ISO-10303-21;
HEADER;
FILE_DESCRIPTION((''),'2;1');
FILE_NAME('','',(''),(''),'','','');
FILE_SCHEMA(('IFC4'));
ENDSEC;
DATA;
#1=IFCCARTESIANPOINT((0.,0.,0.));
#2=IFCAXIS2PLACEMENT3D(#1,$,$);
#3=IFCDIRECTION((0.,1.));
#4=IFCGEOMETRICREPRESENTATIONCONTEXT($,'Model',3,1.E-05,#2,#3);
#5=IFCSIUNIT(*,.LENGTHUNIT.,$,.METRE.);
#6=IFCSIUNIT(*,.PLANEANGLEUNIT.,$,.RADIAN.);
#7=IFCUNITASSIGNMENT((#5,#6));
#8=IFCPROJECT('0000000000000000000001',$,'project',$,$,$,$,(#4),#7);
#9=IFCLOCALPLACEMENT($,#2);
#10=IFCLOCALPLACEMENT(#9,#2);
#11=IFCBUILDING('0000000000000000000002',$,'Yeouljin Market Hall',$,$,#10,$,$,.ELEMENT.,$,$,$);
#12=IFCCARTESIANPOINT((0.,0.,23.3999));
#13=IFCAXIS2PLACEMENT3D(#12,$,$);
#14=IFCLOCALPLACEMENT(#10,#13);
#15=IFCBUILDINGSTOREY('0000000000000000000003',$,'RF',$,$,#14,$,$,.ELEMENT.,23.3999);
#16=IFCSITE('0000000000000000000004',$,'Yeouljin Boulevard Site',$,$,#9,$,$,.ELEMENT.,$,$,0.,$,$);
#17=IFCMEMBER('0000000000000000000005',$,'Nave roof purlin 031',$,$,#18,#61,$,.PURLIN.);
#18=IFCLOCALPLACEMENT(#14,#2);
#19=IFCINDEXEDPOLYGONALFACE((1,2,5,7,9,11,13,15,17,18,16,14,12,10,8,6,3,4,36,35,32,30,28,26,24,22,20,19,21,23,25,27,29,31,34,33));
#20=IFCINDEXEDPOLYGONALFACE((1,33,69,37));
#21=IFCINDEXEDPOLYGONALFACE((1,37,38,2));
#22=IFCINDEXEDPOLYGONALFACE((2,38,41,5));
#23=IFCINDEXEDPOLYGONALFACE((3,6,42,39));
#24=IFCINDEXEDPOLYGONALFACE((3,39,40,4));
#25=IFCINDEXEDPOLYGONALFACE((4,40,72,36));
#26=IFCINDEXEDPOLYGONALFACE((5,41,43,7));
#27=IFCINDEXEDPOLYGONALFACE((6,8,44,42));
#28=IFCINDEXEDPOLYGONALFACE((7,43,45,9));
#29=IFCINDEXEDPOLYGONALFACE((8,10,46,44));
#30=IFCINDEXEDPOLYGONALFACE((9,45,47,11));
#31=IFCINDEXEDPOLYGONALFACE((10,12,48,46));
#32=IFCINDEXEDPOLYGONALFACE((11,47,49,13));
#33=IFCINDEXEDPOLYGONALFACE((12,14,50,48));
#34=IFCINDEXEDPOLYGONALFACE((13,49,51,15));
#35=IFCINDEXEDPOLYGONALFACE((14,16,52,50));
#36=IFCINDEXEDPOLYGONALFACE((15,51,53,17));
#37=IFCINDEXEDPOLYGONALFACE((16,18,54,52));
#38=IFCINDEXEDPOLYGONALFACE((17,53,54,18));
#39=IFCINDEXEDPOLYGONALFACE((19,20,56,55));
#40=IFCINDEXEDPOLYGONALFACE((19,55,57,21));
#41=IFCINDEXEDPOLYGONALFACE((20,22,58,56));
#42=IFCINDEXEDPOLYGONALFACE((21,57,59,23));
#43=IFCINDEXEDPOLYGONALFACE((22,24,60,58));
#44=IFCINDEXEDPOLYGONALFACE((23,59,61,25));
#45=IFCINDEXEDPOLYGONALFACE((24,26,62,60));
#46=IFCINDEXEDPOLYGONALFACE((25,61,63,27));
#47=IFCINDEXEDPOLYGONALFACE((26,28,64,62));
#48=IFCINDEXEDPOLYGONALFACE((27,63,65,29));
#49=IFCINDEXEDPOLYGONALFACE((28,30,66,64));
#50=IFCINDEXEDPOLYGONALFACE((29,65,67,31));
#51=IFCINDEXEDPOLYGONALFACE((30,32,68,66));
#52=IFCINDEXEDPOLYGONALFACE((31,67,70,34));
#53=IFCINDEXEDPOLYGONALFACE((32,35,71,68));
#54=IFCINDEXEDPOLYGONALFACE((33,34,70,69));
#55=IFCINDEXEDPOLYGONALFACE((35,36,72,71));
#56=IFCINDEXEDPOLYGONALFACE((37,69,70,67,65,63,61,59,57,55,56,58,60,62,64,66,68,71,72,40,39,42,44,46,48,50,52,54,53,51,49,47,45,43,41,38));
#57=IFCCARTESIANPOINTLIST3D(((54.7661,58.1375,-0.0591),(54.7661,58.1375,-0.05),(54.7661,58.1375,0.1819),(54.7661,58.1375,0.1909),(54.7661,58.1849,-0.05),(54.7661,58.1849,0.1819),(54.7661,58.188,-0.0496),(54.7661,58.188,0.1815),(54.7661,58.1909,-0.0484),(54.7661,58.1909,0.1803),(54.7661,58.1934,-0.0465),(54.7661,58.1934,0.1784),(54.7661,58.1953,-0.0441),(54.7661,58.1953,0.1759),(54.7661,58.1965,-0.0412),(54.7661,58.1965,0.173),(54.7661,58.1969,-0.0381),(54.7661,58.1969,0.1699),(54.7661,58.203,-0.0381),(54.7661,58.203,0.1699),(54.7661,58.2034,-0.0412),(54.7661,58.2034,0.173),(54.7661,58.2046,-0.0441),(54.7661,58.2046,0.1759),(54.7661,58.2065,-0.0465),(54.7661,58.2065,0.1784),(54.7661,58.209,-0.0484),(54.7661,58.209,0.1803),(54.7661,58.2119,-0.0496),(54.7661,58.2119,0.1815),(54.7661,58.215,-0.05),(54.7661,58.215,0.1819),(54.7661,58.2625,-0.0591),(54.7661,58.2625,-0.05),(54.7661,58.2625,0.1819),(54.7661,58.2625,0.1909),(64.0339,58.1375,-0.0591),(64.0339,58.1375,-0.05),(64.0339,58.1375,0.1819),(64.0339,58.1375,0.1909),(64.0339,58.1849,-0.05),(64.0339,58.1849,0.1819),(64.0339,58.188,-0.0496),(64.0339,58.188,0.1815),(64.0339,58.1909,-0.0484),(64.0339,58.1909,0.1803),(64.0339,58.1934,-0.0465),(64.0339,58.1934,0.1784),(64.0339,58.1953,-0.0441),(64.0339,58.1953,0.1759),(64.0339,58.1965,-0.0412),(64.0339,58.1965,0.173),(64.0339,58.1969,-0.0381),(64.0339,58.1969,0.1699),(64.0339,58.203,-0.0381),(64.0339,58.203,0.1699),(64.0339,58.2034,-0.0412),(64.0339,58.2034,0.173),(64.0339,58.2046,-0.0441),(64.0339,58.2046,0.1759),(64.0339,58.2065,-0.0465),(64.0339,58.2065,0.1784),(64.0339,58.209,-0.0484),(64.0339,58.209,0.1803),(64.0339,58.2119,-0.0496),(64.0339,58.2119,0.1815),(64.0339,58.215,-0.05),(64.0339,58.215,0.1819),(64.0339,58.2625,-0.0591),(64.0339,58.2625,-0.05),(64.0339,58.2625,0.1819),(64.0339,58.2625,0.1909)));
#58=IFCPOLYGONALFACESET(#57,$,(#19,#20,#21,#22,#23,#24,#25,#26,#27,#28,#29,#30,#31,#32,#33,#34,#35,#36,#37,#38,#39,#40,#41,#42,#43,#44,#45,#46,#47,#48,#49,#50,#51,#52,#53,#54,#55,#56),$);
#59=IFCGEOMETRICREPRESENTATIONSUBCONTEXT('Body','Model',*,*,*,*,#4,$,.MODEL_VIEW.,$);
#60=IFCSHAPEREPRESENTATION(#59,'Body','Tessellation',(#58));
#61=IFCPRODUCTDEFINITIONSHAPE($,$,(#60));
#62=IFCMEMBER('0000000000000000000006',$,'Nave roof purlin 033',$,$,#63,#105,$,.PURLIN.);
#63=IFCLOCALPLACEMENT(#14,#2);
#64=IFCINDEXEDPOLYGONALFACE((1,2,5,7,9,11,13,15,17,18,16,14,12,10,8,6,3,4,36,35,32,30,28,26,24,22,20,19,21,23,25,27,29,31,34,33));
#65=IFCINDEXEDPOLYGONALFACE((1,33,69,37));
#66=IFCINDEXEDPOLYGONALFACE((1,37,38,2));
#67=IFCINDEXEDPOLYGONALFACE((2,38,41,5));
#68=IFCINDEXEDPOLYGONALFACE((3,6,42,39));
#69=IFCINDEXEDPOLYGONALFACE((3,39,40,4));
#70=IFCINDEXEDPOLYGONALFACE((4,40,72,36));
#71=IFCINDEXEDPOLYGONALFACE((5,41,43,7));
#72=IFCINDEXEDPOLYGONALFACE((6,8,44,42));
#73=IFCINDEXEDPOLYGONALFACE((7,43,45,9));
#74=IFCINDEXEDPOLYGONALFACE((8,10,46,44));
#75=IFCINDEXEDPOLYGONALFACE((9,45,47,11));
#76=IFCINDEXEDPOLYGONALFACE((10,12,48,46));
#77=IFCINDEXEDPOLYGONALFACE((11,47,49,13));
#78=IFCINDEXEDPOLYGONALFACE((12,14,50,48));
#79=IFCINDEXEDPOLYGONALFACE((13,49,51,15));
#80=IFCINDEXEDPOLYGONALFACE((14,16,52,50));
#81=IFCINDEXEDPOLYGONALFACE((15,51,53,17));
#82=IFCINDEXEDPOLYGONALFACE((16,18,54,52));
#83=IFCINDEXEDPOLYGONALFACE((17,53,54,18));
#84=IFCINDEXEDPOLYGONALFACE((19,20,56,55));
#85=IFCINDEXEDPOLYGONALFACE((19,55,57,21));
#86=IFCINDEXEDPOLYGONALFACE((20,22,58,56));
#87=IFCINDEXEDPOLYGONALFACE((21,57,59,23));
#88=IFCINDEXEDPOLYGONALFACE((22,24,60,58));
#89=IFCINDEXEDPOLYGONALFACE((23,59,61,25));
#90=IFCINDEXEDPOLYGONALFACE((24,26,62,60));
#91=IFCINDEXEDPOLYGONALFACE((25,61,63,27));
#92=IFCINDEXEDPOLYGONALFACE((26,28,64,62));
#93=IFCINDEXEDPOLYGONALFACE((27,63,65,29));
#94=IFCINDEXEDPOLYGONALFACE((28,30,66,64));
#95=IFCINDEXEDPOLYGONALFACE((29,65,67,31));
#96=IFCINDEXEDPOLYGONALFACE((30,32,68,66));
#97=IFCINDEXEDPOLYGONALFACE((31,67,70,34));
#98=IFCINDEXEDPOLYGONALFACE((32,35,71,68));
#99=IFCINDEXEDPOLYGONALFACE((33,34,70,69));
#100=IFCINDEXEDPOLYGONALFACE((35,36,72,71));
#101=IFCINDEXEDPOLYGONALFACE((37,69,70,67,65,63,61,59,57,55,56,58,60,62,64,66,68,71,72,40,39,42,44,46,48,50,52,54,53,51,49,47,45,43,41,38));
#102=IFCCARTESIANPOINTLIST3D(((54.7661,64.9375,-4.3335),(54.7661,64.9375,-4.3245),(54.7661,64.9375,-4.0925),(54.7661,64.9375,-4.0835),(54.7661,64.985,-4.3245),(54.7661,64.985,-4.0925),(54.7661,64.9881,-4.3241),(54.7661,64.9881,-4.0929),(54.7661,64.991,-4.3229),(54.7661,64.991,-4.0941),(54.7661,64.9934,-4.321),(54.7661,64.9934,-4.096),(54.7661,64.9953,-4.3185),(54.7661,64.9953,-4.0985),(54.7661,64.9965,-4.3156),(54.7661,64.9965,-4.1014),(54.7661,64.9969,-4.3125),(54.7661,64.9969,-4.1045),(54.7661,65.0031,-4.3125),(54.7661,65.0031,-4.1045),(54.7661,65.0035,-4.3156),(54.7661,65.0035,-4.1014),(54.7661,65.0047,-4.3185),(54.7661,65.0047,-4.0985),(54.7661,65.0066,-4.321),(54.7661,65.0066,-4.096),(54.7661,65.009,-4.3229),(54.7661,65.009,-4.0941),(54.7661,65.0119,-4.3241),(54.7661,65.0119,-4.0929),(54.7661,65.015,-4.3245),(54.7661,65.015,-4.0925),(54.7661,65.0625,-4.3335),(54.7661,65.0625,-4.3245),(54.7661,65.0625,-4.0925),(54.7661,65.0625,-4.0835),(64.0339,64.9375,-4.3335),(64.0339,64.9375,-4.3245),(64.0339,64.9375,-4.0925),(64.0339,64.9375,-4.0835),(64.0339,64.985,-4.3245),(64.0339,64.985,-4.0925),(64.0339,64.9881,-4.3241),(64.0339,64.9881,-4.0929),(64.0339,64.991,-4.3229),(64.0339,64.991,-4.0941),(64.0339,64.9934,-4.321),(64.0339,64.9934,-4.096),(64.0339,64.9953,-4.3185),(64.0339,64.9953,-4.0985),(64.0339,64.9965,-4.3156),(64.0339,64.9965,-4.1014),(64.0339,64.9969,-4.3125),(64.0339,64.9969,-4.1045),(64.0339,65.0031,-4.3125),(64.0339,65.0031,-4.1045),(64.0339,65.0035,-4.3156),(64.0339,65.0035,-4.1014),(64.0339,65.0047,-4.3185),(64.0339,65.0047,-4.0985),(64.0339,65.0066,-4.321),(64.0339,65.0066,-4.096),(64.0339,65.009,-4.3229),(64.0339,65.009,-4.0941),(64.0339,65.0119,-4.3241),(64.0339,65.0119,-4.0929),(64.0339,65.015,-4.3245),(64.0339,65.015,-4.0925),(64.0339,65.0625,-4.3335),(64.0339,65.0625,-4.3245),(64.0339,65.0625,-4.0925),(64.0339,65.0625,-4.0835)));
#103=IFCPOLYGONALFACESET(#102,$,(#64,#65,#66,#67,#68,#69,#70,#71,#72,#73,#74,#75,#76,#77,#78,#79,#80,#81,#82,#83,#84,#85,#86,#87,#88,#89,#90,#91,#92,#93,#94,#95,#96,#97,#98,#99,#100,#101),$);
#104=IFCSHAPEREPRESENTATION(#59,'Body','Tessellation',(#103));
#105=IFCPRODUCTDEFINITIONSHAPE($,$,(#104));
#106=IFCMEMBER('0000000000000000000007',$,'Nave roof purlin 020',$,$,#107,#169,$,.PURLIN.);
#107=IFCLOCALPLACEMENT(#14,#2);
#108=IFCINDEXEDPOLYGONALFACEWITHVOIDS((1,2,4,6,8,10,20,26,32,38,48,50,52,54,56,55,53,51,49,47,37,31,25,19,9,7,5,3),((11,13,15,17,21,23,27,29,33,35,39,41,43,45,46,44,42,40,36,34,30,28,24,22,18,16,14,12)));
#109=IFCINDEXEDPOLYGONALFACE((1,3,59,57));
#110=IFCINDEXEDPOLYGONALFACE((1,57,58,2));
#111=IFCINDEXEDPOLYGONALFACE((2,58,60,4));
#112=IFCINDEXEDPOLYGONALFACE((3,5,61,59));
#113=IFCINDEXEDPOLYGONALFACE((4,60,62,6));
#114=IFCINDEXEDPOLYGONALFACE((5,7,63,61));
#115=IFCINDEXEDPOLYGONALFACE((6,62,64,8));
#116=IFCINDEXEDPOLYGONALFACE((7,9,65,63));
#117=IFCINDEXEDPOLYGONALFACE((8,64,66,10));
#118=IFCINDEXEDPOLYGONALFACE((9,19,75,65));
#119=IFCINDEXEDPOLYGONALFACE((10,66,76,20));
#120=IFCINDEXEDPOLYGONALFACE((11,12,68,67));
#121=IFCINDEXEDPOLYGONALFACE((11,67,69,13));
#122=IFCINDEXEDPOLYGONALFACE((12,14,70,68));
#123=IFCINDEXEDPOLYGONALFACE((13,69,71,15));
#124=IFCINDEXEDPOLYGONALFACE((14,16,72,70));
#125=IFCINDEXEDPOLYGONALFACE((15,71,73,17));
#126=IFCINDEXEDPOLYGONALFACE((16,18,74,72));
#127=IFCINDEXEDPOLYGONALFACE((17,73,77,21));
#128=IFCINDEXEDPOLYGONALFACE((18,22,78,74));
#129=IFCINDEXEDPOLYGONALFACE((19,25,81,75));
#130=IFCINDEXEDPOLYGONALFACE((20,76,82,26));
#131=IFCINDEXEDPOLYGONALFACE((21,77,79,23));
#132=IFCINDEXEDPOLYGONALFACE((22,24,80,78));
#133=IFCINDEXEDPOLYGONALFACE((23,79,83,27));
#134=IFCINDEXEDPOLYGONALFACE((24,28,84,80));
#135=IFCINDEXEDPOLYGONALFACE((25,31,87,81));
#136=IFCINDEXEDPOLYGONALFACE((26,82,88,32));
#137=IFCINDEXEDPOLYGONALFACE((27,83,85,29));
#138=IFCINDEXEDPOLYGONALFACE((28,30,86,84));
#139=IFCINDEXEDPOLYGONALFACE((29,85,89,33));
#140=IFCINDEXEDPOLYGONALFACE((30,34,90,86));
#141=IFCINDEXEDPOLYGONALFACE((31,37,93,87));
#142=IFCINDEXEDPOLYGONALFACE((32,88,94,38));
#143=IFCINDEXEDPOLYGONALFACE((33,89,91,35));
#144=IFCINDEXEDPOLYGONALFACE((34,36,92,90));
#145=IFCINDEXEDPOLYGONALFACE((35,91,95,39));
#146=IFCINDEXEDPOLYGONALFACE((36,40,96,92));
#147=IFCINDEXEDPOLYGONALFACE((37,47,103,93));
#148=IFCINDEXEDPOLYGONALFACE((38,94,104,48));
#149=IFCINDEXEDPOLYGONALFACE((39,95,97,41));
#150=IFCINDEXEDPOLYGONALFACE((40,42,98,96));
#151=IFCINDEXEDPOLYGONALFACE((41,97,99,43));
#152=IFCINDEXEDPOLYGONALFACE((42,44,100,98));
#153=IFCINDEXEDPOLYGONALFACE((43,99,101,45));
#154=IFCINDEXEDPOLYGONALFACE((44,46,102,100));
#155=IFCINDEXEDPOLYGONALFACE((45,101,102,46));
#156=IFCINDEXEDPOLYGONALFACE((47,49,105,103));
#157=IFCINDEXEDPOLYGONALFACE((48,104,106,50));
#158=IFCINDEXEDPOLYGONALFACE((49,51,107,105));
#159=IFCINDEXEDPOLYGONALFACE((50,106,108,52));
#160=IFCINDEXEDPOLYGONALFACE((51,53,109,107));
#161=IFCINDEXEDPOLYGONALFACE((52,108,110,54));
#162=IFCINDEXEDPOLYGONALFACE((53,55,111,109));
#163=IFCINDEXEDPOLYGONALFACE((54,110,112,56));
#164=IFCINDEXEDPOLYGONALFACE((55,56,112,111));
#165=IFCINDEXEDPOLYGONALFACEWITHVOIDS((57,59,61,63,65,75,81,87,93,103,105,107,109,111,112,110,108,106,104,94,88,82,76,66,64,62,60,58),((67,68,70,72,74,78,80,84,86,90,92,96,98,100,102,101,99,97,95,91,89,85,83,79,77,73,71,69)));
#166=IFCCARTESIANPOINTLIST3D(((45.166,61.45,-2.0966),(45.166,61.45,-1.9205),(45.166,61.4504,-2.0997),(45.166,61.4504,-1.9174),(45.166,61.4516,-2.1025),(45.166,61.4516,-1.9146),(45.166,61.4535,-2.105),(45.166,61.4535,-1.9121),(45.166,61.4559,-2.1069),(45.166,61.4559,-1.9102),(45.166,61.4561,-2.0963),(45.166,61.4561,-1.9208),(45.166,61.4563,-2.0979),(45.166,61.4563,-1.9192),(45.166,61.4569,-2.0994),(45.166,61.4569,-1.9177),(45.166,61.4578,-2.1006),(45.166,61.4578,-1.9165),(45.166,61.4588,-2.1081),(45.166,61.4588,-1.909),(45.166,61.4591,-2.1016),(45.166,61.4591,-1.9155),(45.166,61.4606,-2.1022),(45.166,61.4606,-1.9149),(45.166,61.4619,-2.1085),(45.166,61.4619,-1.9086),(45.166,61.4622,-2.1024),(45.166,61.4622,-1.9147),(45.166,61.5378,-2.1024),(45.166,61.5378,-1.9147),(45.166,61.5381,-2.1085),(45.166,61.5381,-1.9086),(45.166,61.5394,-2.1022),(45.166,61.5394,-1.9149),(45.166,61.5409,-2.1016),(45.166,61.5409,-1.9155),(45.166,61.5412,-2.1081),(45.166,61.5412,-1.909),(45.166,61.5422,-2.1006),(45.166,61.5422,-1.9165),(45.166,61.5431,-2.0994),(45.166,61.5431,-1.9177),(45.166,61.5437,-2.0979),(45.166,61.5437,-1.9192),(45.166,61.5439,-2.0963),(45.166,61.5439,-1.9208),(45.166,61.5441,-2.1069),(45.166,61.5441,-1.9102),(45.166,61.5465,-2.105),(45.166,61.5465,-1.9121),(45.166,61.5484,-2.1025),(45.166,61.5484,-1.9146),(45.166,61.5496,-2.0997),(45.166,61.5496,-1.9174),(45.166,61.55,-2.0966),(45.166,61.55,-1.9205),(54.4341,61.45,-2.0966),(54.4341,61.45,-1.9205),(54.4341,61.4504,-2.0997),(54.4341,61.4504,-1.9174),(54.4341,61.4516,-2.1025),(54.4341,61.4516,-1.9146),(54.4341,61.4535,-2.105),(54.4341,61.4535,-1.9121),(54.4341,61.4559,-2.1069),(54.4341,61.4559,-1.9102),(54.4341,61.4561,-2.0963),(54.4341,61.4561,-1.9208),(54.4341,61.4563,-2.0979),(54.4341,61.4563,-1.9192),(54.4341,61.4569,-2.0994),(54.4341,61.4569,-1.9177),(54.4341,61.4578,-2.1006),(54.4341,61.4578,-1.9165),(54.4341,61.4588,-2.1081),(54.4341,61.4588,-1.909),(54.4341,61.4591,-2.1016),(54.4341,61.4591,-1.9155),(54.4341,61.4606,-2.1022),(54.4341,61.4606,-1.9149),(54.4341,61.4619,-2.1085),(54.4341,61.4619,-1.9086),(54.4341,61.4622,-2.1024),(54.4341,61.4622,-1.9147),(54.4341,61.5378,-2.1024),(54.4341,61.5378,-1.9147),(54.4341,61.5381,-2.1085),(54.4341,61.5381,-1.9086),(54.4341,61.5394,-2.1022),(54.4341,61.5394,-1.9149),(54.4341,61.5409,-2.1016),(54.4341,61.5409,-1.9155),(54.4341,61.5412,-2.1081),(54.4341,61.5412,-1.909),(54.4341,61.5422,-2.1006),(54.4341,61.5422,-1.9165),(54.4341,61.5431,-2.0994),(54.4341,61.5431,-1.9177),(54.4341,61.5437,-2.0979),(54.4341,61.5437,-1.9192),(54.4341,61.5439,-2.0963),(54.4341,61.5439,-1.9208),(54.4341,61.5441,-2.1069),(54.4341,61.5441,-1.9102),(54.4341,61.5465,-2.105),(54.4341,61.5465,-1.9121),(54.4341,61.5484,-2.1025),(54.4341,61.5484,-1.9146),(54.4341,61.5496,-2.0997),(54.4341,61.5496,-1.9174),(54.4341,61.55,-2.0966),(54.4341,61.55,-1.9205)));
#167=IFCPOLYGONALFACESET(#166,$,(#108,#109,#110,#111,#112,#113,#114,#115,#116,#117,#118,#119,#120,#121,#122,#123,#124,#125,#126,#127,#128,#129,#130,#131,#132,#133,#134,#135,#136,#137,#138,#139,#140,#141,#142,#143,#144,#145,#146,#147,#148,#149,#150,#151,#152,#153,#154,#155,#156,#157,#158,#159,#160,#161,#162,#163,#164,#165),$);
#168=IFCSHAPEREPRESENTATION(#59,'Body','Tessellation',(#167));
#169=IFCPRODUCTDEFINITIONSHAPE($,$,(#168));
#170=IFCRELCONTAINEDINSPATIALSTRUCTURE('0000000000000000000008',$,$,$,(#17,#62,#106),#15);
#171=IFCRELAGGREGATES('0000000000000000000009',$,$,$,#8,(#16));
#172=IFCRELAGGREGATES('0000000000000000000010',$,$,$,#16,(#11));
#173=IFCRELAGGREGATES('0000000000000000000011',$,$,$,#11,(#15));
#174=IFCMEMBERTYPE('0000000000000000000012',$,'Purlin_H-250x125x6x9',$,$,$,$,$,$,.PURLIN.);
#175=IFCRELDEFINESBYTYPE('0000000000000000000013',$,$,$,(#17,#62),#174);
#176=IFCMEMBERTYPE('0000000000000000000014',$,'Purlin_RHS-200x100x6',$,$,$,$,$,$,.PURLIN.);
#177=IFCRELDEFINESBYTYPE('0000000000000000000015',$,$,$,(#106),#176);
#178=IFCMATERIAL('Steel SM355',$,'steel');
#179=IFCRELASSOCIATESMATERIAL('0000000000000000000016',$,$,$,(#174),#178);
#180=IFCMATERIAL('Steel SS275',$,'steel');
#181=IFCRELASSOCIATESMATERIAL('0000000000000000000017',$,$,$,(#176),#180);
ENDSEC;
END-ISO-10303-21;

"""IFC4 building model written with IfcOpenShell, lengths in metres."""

from ifc_helpers import new_model, si_unit, direction, frame, origin, origin_2d, place, context, subcontext, project, spatial, hollow_rectangle, i_section, extrude, material, material_profile, profile_set, type_object, element, save


model = new_model("IFC4")

# Units and contexts
model_context = context("Model", 3, precision=1e-05, world=origin(), true_north=direction((0.0, 1.0)))
body_context = subcontext(model_context, "Body", "Model", "MODEL_VIEW")
ifc_project = project(units=[si_unit("LENGTHUNIT", "METRE"), si_unit("PLANEANGLEUNIT", "RADIAN")], contexts=[model_context])

# Site, building, storey
site_placement = place(None, origin())
site = spatial("IfcSite", under=ifc_project, at=site_placement, Name="Yeouljin Boulevard Site", CompositionType="ELEMENT", RefElevation=0.0)
building_placement = place(site_placement, origin())
building = spatial("IfcBuilding", under=site, at=building_placement, Name="Yeouljin Market Hall", CompositionType="ELEMENT")
storey_placement = place(building_placement, frame((0.0, 0.0, 23.3999)))
storey = spatial("IfcBuildingStorey", under=building, at=storey_placement, Name="RF", CompositionType="ELEMENT", Elevation=23.3999)

# Members
ifc_material_1 = material(Name="Steel SM355", Category="steel")
ifc_material_profile_1 = material_profile(ifc_material_1, i_section(OverallWidth=0.125, OverallDepth=0.25, WebThickness=0.0061, FlangeThickness=0.009, FilletRadius=0.012, at=origin_2d()), Name="H-250x125x6x9")
ifc_profile_set_1 = profile_set([ifc_material_profile_1], Name="Steel SM355")
member_type_1 = type_object("IfcMemberType", Name="Purlin_H-250x125x6x9", PredefinedType="PURLIN", material=ifc_profile_set_1)
for number, where, z_axis, x_axis, name in (
    (1, (54.7661, 58.2, 0.0659), (1.0, 0.0, 0.0), (0.0, 1.0, 0.0), "Nave roof purlin 031"),
    (2, (54.7661, 65.0, -4.2085), (1.0, 0.0, 0.0), (0.0, 1.0, 0.0), "Nave roof purlin 033"),
):
    element("IfcMember", number, at=place(storey_placement, frame(where, z_axis=z_axis, x_axis=x_axis)), inside=storey, type_object=member_type_1, Name=name, PredefinedType="PURLIN", context=body_context, shape_type="SweptSolid", body=[
        extrude(i_section(OverallWidth=0.125, OverallDepth=0.25, WebThickness=0.0061, FlangeThickness=0.009, FilletRadius=0.012, at=origin_2d()), origin(), (0.0, 0.0, 1.0), 9.2678),
    ])
ifc_material_2 = material(Name="Steel SS275", Category="steel")
ifc_material_profile_2 = material_profile(ifc_material_2, hollow_rectangle(XDim=0.1001, YDim=0.2, WallThickness=0.0061, InnerFilletRadius=0.0061, OuterFilletRadius=0.012, at=origin_2d()), Name="RHS-200x100x6")
ifc_profile_set_2 = profile_set([ifc_material_profile_2], Name="Steel SS275")
member_type_2 = type_object("IfcMemberType", Name="Purlin_RHS-200x100x6", PredefinedType="PURLIN", material=ifc_profile_set_2)
member_1_placement = place(storey_placement, frame((45.166, 61.5, -2.0085), z_axis=(1.0, 0.0, 0.0), x_axis=(0.0, 1.0, 0.0)))
element("IfcMember", 3, at=member_1_placement, inside=storey, type_object=member_type_2, Name="Nave roof purlin 020", PredefinedType="PURLIN", context=body_context, shape_type="SweptSolid", body=[
    extrude(hollow_rectangle(XDim=0.1001, YDim=0.2, WallThickness=0.0061, InnerFilletRadius=0.0061, OuterFilletRadius=0.012, at=origin_2d()), origin(), (0.0, 0.0, 1.0), 9.2681),
])

save(model, "model.ifc")
